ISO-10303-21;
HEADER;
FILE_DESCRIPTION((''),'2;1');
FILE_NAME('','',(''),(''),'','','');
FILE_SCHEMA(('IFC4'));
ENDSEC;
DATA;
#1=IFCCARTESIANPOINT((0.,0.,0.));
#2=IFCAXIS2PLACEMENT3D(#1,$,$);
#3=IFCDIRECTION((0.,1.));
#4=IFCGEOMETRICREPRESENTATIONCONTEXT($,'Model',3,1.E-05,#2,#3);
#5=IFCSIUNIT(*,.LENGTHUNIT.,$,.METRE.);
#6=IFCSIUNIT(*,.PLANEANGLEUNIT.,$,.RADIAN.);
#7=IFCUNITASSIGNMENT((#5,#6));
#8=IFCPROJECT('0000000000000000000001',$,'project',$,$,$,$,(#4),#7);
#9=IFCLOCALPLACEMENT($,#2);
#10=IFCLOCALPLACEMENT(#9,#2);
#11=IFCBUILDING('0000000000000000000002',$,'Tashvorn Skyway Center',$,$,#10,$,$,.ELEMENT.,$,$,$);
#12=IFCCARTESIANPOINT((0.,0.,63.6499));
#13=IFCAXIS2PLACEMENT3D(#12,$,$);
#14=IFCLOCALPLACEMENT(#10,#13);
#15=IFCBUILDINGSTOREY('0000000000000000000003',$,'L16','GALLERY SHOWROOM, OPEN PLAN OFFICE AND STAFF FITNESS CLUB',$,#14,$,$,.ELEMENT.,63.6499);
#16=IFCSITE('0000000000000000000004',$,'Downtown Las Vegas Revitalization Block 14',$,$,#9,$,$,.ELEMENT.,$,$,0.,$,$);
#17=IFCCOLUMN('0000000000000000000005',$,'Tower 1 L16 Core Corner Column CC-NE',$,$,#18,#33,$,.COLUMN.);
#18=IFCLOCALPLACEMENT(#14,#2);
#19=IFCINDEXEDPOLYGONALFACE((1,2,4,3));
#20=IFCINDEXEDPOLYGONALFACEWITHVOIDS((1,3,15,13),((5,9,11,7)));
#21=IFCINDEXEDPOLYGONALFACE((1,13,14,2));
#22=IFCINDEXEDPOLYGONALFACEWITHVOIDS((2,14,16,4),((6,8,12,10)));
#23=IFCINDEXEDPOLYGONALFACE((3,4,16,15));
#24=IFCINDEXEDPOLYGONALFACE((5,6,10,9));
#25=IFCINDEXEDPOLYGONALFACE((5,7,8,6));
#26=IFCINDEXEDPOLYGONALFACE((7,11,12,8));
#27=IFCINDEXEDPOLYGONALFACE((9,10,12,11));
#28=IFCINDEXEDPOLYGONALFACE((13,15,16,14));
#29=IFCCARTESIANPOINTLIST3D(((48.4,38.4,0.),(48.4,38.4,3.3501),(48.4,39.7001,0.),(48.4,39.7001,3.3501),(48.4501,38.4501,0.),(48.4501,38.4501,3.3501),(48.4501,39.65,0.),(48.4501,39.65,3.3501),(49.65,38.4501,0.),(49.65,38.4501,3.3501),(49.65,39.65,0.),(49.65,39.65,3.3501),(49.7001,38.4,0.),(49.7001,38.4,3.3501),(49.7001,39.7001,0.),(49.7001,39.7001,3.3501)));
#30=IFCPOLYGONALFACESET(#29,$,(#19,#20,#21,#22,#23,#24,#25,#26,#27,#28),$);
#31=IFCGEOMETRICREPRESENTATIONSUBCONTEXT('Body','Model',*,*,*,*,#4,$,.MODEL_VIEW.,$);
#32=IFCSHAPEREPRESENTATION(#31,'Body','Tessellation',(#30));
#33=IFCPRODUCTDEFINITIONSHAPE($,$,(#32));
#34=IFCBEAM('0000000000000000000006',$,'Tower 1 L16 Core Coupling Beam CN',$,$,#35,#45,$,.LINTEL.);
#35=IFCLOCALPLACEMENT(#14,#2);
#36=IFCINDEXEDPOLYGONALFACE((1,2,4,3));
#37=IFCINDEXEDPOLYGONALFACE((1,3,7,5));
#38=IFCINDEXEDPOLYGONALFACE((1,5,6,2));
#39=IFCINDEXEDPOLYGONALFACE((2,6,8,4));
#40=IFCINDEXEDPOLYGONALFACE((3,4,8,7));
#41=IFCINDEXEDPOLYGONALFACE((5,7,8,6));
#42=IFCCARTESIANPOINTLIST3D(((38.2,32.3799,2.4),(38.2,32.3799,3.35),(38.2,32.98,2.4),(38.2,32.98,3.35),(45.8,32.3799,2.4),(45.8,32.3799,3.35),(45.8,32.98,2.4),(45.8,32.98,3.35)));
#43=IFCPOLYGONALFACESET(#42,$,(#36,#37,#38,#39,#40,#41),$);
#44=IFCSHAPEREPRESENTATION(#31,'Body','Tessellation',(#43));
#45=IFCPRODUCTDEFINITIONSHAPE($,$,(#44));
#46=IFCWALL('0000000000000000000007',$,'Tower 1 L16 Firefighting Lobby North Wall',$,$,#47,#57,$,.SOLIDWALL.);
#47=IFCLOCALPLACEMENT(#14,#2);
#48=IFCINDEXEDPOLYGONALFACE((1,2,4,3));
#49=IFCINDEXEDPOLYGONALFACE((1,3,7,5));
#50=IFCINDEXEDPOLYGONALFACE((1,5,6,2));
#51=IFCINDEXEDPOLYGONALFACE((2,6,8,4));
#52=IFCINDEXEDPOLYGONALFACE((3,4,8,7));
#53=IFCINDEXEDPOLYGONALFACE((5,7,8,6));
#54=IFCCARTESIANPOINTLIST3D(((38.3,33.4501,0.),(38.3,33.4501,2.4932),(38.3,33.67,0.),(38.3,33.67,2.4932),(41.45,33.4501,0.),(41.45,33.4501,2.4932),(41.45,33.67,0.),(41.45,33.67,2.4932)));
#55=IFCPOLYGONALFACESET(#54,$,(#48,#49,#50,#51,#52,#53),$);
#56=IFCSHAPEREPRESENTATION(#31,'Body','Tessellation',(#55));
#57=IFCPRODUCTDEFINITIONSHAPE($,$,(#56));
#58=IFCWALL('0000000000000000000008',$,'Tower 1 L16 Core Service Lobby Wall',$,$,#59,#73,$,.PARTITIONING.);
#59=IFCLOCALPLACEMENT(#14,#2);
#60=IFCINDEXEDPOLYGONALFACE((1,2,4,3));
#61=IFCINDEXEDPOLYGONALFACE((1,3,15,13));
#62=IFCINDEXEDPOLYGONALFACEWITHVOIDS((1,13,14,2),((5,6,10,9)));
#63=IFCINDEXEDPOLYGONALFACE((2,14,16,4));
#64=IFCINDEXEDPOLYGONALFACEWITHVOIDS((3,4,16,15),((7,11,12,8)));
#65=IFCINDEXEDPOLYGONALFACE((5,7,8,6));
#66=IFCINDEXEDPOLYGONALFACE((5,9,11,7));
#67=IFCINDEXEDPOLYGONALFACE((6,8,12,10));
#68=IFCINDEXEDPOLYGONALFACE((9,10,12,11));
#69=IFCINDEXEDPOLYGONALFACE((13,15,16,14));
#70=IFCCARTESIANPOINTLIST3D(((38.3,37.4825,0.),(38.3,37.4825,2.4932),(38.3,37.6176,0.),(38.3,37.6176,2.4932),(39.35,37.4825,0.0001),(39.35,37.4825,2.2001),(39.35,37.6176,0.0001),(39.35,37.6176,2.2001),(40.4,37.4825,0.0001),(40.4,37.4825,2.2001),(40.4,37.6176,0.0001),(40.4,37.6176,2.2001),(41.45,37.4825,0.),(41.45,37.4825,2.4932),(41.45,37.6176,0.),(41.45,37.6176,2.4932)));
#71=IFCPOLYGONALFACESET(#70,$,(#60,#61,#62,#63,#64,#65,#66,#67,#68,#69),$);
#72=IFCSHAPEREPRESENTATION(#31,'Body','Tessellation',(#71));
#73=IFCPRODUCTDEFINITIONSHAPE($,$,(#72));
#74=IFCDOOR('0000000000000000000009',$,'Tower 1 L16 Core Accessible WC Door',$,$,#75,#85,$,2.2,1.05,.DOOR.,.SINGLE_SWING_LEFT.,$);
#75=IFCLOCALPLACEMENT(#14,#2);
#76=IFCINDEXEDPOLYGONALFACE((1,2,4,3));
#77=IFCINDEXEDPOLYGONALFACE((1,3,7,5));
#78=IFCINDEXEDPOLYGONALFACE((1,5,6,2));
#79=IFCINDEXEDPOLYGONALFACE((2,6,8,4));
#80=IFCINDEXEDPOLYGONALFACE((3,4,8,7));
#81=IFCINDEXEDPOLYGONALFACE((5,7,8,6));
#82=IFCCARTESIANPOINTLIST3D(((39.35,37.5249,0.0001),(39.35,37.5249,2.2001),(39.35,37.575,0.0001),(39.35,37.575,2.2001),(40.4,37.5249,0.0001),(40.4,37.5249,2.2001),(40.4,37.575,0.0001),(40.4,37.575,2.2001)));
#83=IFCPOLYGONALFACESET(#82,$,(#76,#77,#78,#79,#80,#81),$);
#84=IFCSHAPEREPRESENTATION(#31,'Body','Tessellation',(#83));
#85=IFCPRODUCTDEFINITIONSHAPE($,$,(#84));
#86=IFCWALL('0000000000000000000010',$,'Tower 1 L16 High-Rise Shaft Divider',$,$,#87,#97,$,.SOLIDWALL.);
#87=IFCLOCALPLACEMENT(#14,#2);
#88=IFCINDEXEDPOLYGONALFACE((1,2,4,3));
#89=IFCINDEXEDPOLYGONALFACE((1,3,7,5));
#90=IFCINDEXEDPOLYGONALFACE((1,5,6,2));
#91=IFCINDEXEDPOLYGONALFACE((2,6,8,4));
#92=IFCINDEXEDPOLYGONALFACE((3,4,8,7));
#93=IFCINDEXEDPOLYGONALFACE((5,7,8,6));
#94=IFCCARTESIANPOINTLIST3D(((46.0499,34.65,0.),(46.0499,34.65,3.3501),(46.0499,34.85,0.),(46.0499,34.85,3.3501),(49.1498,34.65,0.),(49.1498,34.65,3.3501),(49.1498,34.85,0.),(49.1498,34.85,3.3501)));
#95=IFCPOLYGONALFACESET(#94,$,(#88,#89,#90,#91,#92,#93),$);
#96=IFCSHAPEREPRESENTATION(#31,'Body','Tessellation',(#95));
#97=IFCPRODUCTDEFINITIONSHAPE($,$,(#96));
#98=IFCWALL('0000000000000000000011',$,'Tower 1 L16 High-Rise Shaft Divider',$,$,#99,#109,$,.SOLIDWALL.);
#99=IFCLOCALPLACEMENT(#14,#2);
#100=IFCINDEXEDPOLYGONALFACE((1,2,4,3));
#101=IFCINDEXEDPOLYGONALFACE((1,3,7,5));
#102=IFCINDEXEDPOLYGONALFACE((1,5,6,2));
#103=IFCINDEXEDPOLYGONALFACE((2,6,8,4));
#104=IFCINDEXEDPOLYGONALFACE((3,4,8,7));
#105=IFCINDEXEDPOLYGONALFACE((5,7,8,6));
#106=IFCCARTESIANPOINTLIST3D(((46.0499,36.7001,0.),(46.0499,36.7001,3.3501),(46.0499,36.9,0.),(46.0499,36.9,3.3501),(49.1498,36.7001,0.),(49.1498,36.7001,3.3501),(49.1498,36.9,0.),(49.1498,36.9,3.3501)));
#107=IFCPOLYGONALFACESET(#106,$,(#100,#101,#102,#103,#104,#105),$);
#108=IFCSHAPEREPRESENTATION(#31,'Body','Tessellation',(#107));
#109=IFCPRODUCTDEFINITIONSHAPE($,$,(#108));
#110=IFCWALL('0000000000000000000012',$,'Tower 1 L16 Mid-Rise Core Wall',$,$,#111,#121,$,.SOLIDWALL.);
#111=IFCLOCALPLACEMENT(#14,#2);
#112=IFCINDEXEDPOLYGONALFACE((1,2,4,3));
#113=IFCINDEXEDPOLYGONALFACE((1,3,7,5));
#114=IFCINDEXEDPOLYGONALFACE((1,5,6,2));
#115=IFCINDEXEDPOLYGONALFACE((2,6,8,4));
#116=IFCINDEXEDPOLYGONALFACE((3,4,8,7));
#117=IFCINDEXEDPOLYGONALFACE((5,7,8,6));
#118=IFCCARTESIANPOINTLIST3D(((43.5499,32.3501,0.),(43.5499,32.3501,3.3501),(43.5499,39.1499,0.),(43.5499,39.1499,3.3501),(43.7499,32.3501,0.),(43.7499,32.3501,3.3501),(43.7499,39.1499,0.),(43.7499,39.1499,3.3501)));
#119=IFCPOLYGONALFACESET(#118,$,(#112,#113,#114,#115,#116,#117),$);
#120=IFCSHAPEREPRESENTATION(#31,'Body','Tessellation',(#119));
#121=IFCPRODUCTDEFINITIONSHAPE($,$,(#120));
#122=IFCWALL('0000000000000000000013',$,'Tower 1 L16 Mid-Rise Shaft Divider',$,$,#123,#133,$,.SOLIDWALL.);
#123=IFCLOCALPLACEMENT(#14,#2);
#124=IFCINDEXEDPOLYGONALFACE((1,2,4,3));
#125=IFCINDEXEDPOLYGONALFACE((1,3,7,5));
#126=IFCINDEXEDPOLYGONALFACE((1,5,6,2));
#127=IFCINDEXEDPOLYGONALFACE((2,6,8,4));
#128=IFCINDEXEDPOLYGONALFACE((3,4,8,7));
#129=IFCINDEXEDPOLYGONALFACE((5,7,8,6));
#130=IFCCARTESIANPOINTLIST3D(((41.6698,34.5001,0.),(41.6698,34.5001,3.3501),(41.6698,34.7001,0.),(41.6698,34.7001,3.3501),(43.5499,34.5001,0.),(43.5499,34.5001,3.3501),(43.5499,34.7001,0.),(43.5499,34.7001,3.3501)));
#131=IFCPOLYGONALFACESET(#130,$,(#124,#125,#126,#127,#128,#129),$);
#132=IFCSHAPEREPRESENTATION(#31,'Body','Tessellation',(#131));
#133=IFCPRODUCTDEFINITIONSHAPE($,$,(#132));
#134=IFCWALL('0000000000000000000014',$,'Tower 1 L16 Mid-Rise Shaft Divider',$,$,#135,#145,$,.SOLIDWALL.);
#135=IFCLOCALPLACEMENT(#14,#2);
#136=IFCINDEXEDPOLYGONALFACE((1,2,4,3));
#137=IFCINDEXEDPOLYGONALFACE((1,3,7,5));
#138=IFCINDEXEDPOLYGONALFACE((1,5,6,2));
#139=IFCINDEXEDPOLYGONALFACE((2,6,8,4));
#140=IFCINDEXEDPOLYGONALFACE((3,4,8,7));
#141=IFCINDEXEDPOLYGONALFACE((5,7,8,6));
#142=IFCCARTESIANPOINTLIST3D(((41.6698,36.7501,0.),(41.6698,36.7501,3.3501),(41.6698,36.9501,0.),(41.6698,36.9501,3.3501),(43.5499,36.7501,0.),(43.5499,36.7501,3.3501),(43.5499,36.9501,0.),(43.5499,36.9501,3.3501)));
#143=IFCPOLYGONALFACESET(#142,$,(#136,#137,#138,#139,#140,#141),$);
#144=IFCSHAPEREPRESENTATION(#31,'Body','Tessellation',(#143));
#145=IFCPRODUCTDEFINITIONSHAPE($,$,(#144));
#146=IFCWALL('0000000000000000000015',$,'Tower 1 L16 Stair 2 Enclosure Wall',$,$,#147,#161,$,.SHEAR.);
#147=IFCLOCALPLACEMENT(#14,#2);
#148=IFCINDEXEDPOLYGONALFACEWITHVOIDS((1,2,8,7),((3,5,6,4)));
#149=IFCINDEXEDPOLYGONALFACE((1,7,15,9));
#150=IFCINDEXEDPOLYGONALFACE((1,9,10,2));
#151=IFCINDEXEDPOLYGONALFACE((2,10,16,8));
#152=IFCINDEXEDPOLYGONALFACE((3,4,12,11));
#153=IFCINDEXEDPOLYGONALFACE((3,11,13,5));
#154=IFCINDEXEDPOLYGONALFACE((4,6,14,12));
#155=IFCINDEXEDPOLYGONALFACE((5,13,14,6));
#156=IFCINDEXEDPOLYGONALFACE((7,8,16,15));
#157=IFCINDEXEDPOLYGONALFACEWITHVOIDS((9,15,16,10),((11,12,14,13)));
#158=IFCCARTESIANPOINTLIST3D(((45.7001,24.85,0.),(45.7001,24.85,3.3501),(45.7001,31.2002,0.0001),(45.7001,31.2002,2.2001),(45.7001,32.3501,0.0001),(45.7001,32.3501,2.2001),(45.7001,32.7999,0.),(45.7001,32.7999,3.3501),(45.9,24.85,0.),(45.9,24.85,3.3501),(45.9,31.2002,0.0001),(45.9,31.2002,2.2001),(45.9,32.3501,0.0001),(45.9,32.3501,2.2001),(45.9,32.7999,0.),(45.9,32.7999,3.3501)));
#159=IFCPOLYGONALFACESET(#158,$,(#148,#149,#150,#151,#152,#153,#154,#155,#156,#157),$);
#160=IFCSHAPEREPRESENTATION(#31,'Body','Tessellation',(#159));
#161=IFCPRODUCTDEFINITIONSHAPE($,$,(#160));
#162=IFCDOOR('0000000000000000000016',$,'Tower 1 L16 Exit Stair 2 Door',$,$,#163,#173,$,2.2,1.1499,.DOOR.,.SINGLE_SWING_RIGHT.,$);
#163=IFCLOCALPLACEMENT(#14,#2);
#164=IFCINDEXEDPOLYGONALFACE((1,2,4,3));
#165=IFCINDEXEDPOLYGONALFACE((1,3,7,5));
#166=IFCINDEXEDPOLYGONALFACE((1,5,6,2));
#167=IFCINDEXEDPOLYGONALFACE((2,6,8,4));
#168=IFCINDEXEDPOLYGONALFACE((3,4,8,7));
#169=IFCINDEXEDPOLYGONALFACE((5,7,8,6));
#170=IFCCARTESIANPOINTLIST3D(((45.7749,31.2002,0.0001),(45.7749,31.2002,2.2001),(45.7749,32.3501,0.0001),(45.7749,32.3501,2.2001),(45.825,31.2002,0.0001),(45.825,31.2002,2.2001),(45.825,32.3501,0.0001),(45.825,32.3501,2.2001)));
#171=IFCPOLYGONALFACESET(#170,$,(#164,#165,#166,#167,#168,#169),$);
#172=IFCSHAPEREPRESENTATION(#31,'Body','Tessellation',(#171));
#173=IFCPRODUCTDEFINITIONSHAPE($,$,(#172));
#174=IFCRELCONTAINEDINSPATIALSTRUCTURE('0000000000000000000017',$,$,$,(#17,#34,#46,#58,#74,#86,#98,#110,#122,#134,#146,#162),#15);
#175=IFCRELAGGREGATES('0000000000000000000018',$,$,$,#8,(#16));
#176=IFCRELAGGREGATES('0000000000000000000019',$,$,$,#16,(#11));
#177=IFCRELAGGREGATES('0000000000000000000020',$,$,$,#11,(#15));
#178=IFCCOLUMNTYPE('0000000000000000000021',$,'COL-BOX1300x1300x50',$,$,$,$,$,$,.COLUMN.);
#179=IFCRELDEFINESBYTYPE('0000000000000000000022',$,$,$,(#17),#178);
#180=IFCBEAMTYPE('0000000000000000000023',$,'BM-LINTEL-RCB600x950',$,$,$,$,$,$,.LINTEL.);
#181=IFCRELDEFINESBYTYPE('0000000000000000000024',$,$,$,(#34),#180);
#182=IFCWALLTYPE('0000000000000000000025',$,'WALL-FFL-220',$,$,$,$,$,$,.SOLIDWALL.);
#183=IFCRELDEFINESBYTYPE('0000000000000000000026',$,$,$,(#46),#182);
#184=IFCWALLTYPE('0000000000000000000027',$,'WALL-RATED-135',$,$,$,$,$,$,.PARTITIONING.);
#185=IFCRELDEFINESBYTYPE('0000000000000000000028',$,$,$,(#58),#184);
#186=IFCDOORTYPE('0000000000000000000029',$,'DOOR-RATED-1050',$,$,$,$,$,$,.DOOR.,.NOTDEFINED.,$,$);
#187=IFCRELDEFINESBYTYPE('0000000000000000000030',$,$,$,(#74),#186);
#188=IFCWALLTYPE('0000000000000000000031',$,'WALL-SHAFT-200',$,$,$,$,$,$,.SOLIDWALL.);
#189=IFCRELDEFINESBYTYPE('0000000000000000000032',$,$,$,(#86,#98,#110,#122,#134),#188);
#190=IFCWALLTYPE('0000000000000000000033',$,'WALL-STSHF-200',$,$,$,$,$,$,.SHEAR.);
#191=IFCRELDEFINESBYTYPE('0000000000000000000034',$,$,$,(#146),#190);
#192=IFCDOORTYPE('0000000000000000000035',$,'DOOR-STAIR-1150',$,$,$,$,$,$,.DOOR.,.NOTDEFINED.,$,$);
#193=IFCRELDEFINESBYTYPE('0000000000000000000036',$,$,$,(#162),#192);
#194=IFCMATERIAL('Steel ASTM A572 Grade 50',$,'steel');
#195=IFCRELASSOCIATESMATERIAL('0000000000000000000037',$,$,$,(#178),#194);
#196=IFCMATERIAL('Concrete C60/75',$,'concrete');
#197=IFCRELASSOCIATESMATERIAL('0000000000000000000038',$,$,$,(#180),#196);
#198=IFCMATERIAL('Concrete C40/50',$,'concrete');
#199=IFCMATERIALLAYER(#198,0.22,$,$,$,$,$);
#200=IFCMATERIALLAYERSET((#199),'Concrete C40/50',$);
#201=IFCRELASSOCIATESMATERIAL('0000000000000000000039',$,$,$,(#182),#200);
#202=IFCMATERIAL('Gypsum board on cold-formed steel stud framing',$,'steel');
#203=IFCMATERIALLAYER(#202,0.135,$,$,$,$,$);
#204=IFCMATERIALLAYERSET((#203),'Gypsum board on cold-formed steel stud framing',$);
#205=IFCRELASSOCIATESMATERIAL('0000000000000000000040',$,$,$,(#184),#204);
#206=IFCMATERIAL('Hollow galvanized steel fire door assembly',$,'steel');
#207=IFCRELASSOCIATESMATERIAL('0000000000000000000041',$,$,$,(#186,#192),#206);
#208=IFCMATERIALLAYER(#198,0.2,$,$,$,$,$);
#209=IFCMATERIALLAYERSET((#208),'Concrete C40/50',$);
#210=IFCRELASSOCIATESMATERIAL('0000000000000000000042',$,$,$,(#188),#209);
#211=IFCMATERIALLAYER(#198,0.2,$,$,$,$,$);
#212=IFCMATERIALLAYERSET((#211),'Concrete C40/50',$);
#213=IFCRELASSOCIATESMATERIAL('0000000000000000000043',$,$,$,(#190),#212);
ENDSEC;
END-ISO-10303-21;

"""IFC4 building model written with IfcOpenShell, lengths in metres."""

from ifc_helpers import new_model, si_unit, direction, frame, frame_2d, origin, origin_2d, place, context, subcontext, project, spatial, rectangle, hollow_rectangle, extrude, material, layer, layer_set, material_profile, profile_set, type_object, element, fill, save


model = new_model("IFC4")

# Units and contexts
model_context = context("Model", 3, precision=1e-05, world=origin(), true_north=direction((0.0, 1.0)))
body_context = subcontext(model_context, "Body", "Model", "MODEL_VIEW")
ifc_project = project(units=[si_unit("LENGTHUNIT", "METRE"), si_unit("PLANEANGLEUNIT", "RADIAN")], contexts=[model_context])

# Site, building, storey
site_placement = place(None, origin())
site = spatial("IfcSite", under=ifc_project, at=site_placement, Name="Downtown Las Vegas Revitalization Block 14", CompositionType="ELEMENT", RefElevation=0.0)
building_placement = place(site_placement, origin())
building = spatial("IfcBuilding", under=site, at=building_placement, Name="Tashvorn Skyway Center", CompositionType="ELEMENT")
storey_placement = place(building_placement, frame((0.0, 0.0, 63.6499)))
storey = spatial("IfcBuildingStorey", under=building, at=storey_placement, Name="L16", Description="GALLERY SHOWROOM, OPEN PLAN OFFICE AND STAFF FITNESS CLUB", CompositionType="ELEMENT", Elevation=63.6499)

# Column
ifc_material_1 = material(Name="Steel ASTM A572 Grade 50", Category="steel")
ifc_material_profile_1 = material_profile(ifc_material_1, hollow_rectangle(XDim=1.3, YDim=1.3, WallThickness=0.05, at=origin_2d()), Name="BOX1300x1300x50")
ifc_profile_set_1 = profile_set([ifc_material_profile_1], Name="Steel ASTM A572 Grade 50")
column_type = type_object("IfcColumnType", Name="COL-BOX1300x1300x50", PredefinedType="COLUMN", material=ifc_profile_set_1)
column_placement = place(storey_placement, frame((49.05, 39.05, 0.0), z_axis=(0.0, 0.0, 1.0), x_axis=(1.0, 0.0, 0.0)))
element("IfcColumn", 1, at=column_placement, inside=storey, type_object=column_type, Name="Tower 1 L16 Core Corner Column CC-NE", PredefinedType="COLUMN", context=body_context, shape_type="SweptSolid", body=[
    extrude(hollow_rectangle(XDim=1.3, YDim=1.3, WallThickness=0.05, at=origin_2d()), origin(), (0.0, 0.0, 1.0), 3.3501),
])

# Beam
ifc_material_2 = material(Name="Concrete C60/75", Category="concrete")
ifc_material_profile_2 = material_profile(ifc_material_2, rectangle(XDim=0.6001, YDim=0.95, at=origin_2d()), Name="RCB600x950")
ifc_profile_set_2 = profile_set([ifc_material_profile_2], Name="Concrete C60/75")
beam_type = type_object("IfcBeamType", Name="BM-LINTEL-RCB600x950", PredefinedType="LINTEL", material=ifc_profile_set_2)
beam_placement = place(storey_placement, frame((38.2, 32.6799, 2.875), z_axis=(1.0, 0.0, 0.0), x_axis=(0.0, 1.0, 0.0)))
element("IfcBeam", 2, at=beam_placement, inside=storey, type_object=beam_type, Name="Tower 1 L16 Core Coupling Beam CN", PredefinedType="LINTEL", context=body_context, shape_type="SweptSolid", body=[
    extrude(rectangle(XDim=0.6001, YDim=0.95, at=origin_2d()), origin(), (0.0, 0.0, 1.0), 7.6001),
])

# Wall
ifc_material_3 = material(Name="Concrete C40/50", Category="concrete")
ifc_layer_1 = layer(ifc_material_3, 0.22)
ifc_layer_set_1 = layer_set([ifc_layer_1], Name="Concrete C40/50")
wall_type_1 = type_object("IfcWallType", Name="WALL-FFL-220", PredefinedType="SOLIDWALL", material=ifc_layer_set_1)
wall_1_placement = place(storey_placement, frame((38.3, 33.5601, 0.0), z_axis=(0.0, 0.0, 1.0), x_axis=(1.0, 0.0, 0.0)))
element("IfcWall", 3, at=wall_1_placement, inside=storey, type_object=wall_type_1, Name="Tower 1 L16 Firefighting Lobby North Wall", PredefinedType="SOLIDWALL", context=body_context, shape_type="SweptSolid", body=[
    extrude(rectangle(XDim=3.1499, YDim=0.22, at=frame_2d((1.575, 0.0))), origin(), (0.0, 0.0, 1.0), 2.4932),
])

# Wall, opening, door
ifc_material_4 = material(Name="Gypsum board on cold-formed steel stud framing", Category="steel")
ifc_layer_2 = layer(ifc_material_4, 0.135)
ifc_layer_set_2 = layer_set([ifc_layer_2], Name="Gypsum board on cold-formed steel stud framing")
wall_type_2 = type_object("IfcWallType", Name="WALL-RATED-135", PredefinedType="PARTITIONING", material=ifc_layer_set_2)
wall_2_placement = place(storey_placement, frame((38.3, 37.55, 0.0), z_axis=(0.0, 0.0, 1.0), x_axis=(1.0, 0.0, 0.0)))
wall_2 = element("IfcWall", 4, at=wall_2_placement, inside=storey, type_object=wall_type_2, Name="Tower 1 L16 Core Service Lobby Wall", PredefinedType="PARTITIONING", context=body_context, shape_type="SweptSolid", body=[
    extrude(rectangle(XDim=3.1499, YDim=0.135, at=frame_2d((1.575, 0.0))), origin(), (0.0, 0.0, 1.0), 2.4932),
])
opening_1_placement = place(wall_2_placement, frame((1.05, 0.0, 0.0)))
opening_1 = element("IfcOpeningElement", 5, at=opening_1_placement, cuts=wall_2, PredefinedType="OPENING", context=body_context, shape_type="SweptSolid", body=[
    extrude(rectangle(XDim=1.05, YDim=2.2, at=frame_2d((0.5249, 1.1001))), frame((0.0, 0.0774, 0.0), z_axis=(0.0, -1.0, 0.0), x_axis=(1.0, 0.0, 0.0)), (0.0, 0.0, 1.0), 0.155),
])
ifc_material_5 = material(Name="Hollow galvanized steel fire door assembly", Category="steel")
door_type_1 = type_object("IfcDoorType", Name="DOOR-RATED-1050", OperationType="NOTDEFINED", PredefinedType="DOOR", material=ifc_material_5)
door_1_placement = place(opening_1_placement, origin())
door_1 = element("IfcDoor", 6, at=door_1_placement, inside=storey, type_object=door_type_1, Name="Tower 1 L16 Core Accessible WC Door", OperationType="SINGLE_SWING_LEFT", OverallHeight=2.2, OverallWidth=1.05, PredefinedType="DOOR", context=body_context, shape_type="SweptSolid", body=[
    extrude(rectangle(XDim=1.05, YDim=2.2, at=frame_2d((0.5249, 1.1001))), frame((0.0, 0.0249, 0.0), z_axis=(0.0, -1.0, 0.0), x_axis=(1.0, 0.0, 0.0)), (0.0, 0.0, 1.0), 0.05),
])
fill(opening_1, door_1)

# Walls
ifc_layer_3 = layer(ifc_material_3, 0.2)
ifc_layer_set_3 = layer_set([ifc_layer_3], Name="Concrete C40/50")
wall_type_3 = type_object("IfcWallType", Name="WALL-SHAFT-200", PredefinedType="SOLIDWALL", material=ifc_layer_set_3)
for number, where, z_axis, x_axis, name in (
    (7, (46.05, 34.75, 0.0), (0.0, 0.0, 1.0), (1.0, 0.0, 0.0), "Tower 1 L16 High-Rise Shaft Divider"),
    (8, (46.05, 36.8, 0.0), (0.0, 0.0, 1.0), (1.0, 0.0, 0.0), "Tower 1 L16 High-Rise Shaft Divider"),
):
    element("IfcWall", number, at=place(storey_placement, frame(where, z_axis=z_axis, x_axis=x_axis)), inside=storey, type_object=wall_type_3, Name=name, PredefinedType="SOLIDWALL", context=body_context, shape_type="SweptSolid", body=[
        extrude(rectangle(XDim=3.0999, YDim=0.2, at=frame_2d((1.5498, 0.0))), origin(), (0.0, 0.0, 1.0), 3.3501),
    ])
wall_3_placement = place(storey_placement, frame((43.6499, 32.3501, 0.0), z_axis=(0.0, 0.0, 1.0), x_axis=(0.0, 1.0, 0.0)))
element("IfcWall", 9, at=wall_3_placement, inside=storey, type_object=wall_type_3, Name="Tower 1 L16 Mid-Rise Core Wall", PredefinedType="SOLIDWALL", context=body_context, shape_type="SweptSolid", body=[
    extrude(rectangle(XDim=6.7998, YDim=0.2, at=frame_2d((3.3999, 0.0))), origin(), (0.0, 0.0, 1.0), 3.3501),
])
for number, where, z_axis, x_axis, name in (
    (10, (41.6699, 34.6001, 0.0), (0.0, 0.0, 1.0), (1.0, 0.0, 0.0), "Tower 1 L16 Mid-Rise Shaft Divider"),
    (11, (41.6699, 36.8501, 0.0), (0.0, 0.0, 1.0), (1.0, 0.0, 0.0), "Tower 1 L16 Mid-Rise Shaft Divider"),
):
    element("IfcWall", number, at=place(storey_placement, frame(where, z_axis=z_axis, x_axis=x_axis)), inside=storey, type_object=wall_type_3, Name=name, PredefinedType="SOLIDWALL", context=body_context, shape_type="SweptSolid", body=[
        extrude(rectangle(XDim=1.8801, YDim=0.2, at=frame_2d((0.9399, 0.0))), origin(), (0.0, 0.0, 1.0), 3.3501),
    ])

# Wall, opening, door
ifc_layer_4 = layer(ifc_material_3, 0.2)
ifc_layer_set_4 = layer_set([ifc_layer_4], Name="Concrete C40/50")
wall_type_4 = type_object("IfcWallType", Name="WALL-STSHF-200", PredefinedType="SHEAR", material=ifc_layer_set_4)
wall_4_placement = place(storey_placement, frame((45.8, 32.8, 0.0), z_axis=(0.0, 0.0, 1.0), x_axis=(0.0, -1.0, 0.0)))
wall_4 = element("IfcWall", 12, at=wall_4_placement, inside=storey, type_object=wall_type_4, Name="Tower 1 L16 Stair 2 Enclosure Wall", PredefinedType="SHEAR", context=body_context, shape_type="SweptSolid", body=[
    extrude(rectangle(XDim=7.95, YDim=0.2, at=frame_2d((3.9751, 0.0))), origin(), (0.0, 0.0, 1.0), 3.3501),
])
opening_2_placement = place(wall_4_placement, frame((0.45, 0.0, 0.0)))
opening_2 = element("IfcOpeningElement", 13, at=opening_2_placement, cuts=wall_4, PredefinedType="OPENING", context=body_context, shape_type="SweptSolid", body=[
    extrude(rectangle(XDim=1.1499, YDim=2.2, at=frame_2d((0.575, 1.1001))), frame((0.0, 0.1099, 0.0), z_axis=(0.0, -1.0, 0.0), x_axis=(1.0, 0.0, 0.0)), (0.0, 0.0, 1.0), 0.22),
])
door_type_2 = type_object("IfcDoorType", Name="DOOR-STAIR-1150", OperationType="NOTDEFINED", PredefinedType="DOOR", material=ifc_material_5)
door_2_placement = place(opening_2_placement, origin())
door_2 = element("IfcDoor", 14, at=door_2_placement, inside=storey, type_object=door_type_2, Name="Tower 1 L16 Exit Stair 2 Door", OperationType="SINGLE_SWING_RIGHT", OverallHeight=2.2, OverallWidth=1.1499, PredefinedType="DOOR", context=body_context, shape_type="SweptSolid", body=[
    extrude(rectangle(XDim=1.1499, YDim=2.2, at=frame_2d((0.575, 1.1001))), frame((0.0, 0.0249, 0.0), z_axis=(0.0, -1.0, 0.0), x_axis=(1.0, 0.0, 0.0)), (0.0, 0.0, 1.0), 0.05),
])
fill(opening_2, door_2)

save(model, "model.ifc")
